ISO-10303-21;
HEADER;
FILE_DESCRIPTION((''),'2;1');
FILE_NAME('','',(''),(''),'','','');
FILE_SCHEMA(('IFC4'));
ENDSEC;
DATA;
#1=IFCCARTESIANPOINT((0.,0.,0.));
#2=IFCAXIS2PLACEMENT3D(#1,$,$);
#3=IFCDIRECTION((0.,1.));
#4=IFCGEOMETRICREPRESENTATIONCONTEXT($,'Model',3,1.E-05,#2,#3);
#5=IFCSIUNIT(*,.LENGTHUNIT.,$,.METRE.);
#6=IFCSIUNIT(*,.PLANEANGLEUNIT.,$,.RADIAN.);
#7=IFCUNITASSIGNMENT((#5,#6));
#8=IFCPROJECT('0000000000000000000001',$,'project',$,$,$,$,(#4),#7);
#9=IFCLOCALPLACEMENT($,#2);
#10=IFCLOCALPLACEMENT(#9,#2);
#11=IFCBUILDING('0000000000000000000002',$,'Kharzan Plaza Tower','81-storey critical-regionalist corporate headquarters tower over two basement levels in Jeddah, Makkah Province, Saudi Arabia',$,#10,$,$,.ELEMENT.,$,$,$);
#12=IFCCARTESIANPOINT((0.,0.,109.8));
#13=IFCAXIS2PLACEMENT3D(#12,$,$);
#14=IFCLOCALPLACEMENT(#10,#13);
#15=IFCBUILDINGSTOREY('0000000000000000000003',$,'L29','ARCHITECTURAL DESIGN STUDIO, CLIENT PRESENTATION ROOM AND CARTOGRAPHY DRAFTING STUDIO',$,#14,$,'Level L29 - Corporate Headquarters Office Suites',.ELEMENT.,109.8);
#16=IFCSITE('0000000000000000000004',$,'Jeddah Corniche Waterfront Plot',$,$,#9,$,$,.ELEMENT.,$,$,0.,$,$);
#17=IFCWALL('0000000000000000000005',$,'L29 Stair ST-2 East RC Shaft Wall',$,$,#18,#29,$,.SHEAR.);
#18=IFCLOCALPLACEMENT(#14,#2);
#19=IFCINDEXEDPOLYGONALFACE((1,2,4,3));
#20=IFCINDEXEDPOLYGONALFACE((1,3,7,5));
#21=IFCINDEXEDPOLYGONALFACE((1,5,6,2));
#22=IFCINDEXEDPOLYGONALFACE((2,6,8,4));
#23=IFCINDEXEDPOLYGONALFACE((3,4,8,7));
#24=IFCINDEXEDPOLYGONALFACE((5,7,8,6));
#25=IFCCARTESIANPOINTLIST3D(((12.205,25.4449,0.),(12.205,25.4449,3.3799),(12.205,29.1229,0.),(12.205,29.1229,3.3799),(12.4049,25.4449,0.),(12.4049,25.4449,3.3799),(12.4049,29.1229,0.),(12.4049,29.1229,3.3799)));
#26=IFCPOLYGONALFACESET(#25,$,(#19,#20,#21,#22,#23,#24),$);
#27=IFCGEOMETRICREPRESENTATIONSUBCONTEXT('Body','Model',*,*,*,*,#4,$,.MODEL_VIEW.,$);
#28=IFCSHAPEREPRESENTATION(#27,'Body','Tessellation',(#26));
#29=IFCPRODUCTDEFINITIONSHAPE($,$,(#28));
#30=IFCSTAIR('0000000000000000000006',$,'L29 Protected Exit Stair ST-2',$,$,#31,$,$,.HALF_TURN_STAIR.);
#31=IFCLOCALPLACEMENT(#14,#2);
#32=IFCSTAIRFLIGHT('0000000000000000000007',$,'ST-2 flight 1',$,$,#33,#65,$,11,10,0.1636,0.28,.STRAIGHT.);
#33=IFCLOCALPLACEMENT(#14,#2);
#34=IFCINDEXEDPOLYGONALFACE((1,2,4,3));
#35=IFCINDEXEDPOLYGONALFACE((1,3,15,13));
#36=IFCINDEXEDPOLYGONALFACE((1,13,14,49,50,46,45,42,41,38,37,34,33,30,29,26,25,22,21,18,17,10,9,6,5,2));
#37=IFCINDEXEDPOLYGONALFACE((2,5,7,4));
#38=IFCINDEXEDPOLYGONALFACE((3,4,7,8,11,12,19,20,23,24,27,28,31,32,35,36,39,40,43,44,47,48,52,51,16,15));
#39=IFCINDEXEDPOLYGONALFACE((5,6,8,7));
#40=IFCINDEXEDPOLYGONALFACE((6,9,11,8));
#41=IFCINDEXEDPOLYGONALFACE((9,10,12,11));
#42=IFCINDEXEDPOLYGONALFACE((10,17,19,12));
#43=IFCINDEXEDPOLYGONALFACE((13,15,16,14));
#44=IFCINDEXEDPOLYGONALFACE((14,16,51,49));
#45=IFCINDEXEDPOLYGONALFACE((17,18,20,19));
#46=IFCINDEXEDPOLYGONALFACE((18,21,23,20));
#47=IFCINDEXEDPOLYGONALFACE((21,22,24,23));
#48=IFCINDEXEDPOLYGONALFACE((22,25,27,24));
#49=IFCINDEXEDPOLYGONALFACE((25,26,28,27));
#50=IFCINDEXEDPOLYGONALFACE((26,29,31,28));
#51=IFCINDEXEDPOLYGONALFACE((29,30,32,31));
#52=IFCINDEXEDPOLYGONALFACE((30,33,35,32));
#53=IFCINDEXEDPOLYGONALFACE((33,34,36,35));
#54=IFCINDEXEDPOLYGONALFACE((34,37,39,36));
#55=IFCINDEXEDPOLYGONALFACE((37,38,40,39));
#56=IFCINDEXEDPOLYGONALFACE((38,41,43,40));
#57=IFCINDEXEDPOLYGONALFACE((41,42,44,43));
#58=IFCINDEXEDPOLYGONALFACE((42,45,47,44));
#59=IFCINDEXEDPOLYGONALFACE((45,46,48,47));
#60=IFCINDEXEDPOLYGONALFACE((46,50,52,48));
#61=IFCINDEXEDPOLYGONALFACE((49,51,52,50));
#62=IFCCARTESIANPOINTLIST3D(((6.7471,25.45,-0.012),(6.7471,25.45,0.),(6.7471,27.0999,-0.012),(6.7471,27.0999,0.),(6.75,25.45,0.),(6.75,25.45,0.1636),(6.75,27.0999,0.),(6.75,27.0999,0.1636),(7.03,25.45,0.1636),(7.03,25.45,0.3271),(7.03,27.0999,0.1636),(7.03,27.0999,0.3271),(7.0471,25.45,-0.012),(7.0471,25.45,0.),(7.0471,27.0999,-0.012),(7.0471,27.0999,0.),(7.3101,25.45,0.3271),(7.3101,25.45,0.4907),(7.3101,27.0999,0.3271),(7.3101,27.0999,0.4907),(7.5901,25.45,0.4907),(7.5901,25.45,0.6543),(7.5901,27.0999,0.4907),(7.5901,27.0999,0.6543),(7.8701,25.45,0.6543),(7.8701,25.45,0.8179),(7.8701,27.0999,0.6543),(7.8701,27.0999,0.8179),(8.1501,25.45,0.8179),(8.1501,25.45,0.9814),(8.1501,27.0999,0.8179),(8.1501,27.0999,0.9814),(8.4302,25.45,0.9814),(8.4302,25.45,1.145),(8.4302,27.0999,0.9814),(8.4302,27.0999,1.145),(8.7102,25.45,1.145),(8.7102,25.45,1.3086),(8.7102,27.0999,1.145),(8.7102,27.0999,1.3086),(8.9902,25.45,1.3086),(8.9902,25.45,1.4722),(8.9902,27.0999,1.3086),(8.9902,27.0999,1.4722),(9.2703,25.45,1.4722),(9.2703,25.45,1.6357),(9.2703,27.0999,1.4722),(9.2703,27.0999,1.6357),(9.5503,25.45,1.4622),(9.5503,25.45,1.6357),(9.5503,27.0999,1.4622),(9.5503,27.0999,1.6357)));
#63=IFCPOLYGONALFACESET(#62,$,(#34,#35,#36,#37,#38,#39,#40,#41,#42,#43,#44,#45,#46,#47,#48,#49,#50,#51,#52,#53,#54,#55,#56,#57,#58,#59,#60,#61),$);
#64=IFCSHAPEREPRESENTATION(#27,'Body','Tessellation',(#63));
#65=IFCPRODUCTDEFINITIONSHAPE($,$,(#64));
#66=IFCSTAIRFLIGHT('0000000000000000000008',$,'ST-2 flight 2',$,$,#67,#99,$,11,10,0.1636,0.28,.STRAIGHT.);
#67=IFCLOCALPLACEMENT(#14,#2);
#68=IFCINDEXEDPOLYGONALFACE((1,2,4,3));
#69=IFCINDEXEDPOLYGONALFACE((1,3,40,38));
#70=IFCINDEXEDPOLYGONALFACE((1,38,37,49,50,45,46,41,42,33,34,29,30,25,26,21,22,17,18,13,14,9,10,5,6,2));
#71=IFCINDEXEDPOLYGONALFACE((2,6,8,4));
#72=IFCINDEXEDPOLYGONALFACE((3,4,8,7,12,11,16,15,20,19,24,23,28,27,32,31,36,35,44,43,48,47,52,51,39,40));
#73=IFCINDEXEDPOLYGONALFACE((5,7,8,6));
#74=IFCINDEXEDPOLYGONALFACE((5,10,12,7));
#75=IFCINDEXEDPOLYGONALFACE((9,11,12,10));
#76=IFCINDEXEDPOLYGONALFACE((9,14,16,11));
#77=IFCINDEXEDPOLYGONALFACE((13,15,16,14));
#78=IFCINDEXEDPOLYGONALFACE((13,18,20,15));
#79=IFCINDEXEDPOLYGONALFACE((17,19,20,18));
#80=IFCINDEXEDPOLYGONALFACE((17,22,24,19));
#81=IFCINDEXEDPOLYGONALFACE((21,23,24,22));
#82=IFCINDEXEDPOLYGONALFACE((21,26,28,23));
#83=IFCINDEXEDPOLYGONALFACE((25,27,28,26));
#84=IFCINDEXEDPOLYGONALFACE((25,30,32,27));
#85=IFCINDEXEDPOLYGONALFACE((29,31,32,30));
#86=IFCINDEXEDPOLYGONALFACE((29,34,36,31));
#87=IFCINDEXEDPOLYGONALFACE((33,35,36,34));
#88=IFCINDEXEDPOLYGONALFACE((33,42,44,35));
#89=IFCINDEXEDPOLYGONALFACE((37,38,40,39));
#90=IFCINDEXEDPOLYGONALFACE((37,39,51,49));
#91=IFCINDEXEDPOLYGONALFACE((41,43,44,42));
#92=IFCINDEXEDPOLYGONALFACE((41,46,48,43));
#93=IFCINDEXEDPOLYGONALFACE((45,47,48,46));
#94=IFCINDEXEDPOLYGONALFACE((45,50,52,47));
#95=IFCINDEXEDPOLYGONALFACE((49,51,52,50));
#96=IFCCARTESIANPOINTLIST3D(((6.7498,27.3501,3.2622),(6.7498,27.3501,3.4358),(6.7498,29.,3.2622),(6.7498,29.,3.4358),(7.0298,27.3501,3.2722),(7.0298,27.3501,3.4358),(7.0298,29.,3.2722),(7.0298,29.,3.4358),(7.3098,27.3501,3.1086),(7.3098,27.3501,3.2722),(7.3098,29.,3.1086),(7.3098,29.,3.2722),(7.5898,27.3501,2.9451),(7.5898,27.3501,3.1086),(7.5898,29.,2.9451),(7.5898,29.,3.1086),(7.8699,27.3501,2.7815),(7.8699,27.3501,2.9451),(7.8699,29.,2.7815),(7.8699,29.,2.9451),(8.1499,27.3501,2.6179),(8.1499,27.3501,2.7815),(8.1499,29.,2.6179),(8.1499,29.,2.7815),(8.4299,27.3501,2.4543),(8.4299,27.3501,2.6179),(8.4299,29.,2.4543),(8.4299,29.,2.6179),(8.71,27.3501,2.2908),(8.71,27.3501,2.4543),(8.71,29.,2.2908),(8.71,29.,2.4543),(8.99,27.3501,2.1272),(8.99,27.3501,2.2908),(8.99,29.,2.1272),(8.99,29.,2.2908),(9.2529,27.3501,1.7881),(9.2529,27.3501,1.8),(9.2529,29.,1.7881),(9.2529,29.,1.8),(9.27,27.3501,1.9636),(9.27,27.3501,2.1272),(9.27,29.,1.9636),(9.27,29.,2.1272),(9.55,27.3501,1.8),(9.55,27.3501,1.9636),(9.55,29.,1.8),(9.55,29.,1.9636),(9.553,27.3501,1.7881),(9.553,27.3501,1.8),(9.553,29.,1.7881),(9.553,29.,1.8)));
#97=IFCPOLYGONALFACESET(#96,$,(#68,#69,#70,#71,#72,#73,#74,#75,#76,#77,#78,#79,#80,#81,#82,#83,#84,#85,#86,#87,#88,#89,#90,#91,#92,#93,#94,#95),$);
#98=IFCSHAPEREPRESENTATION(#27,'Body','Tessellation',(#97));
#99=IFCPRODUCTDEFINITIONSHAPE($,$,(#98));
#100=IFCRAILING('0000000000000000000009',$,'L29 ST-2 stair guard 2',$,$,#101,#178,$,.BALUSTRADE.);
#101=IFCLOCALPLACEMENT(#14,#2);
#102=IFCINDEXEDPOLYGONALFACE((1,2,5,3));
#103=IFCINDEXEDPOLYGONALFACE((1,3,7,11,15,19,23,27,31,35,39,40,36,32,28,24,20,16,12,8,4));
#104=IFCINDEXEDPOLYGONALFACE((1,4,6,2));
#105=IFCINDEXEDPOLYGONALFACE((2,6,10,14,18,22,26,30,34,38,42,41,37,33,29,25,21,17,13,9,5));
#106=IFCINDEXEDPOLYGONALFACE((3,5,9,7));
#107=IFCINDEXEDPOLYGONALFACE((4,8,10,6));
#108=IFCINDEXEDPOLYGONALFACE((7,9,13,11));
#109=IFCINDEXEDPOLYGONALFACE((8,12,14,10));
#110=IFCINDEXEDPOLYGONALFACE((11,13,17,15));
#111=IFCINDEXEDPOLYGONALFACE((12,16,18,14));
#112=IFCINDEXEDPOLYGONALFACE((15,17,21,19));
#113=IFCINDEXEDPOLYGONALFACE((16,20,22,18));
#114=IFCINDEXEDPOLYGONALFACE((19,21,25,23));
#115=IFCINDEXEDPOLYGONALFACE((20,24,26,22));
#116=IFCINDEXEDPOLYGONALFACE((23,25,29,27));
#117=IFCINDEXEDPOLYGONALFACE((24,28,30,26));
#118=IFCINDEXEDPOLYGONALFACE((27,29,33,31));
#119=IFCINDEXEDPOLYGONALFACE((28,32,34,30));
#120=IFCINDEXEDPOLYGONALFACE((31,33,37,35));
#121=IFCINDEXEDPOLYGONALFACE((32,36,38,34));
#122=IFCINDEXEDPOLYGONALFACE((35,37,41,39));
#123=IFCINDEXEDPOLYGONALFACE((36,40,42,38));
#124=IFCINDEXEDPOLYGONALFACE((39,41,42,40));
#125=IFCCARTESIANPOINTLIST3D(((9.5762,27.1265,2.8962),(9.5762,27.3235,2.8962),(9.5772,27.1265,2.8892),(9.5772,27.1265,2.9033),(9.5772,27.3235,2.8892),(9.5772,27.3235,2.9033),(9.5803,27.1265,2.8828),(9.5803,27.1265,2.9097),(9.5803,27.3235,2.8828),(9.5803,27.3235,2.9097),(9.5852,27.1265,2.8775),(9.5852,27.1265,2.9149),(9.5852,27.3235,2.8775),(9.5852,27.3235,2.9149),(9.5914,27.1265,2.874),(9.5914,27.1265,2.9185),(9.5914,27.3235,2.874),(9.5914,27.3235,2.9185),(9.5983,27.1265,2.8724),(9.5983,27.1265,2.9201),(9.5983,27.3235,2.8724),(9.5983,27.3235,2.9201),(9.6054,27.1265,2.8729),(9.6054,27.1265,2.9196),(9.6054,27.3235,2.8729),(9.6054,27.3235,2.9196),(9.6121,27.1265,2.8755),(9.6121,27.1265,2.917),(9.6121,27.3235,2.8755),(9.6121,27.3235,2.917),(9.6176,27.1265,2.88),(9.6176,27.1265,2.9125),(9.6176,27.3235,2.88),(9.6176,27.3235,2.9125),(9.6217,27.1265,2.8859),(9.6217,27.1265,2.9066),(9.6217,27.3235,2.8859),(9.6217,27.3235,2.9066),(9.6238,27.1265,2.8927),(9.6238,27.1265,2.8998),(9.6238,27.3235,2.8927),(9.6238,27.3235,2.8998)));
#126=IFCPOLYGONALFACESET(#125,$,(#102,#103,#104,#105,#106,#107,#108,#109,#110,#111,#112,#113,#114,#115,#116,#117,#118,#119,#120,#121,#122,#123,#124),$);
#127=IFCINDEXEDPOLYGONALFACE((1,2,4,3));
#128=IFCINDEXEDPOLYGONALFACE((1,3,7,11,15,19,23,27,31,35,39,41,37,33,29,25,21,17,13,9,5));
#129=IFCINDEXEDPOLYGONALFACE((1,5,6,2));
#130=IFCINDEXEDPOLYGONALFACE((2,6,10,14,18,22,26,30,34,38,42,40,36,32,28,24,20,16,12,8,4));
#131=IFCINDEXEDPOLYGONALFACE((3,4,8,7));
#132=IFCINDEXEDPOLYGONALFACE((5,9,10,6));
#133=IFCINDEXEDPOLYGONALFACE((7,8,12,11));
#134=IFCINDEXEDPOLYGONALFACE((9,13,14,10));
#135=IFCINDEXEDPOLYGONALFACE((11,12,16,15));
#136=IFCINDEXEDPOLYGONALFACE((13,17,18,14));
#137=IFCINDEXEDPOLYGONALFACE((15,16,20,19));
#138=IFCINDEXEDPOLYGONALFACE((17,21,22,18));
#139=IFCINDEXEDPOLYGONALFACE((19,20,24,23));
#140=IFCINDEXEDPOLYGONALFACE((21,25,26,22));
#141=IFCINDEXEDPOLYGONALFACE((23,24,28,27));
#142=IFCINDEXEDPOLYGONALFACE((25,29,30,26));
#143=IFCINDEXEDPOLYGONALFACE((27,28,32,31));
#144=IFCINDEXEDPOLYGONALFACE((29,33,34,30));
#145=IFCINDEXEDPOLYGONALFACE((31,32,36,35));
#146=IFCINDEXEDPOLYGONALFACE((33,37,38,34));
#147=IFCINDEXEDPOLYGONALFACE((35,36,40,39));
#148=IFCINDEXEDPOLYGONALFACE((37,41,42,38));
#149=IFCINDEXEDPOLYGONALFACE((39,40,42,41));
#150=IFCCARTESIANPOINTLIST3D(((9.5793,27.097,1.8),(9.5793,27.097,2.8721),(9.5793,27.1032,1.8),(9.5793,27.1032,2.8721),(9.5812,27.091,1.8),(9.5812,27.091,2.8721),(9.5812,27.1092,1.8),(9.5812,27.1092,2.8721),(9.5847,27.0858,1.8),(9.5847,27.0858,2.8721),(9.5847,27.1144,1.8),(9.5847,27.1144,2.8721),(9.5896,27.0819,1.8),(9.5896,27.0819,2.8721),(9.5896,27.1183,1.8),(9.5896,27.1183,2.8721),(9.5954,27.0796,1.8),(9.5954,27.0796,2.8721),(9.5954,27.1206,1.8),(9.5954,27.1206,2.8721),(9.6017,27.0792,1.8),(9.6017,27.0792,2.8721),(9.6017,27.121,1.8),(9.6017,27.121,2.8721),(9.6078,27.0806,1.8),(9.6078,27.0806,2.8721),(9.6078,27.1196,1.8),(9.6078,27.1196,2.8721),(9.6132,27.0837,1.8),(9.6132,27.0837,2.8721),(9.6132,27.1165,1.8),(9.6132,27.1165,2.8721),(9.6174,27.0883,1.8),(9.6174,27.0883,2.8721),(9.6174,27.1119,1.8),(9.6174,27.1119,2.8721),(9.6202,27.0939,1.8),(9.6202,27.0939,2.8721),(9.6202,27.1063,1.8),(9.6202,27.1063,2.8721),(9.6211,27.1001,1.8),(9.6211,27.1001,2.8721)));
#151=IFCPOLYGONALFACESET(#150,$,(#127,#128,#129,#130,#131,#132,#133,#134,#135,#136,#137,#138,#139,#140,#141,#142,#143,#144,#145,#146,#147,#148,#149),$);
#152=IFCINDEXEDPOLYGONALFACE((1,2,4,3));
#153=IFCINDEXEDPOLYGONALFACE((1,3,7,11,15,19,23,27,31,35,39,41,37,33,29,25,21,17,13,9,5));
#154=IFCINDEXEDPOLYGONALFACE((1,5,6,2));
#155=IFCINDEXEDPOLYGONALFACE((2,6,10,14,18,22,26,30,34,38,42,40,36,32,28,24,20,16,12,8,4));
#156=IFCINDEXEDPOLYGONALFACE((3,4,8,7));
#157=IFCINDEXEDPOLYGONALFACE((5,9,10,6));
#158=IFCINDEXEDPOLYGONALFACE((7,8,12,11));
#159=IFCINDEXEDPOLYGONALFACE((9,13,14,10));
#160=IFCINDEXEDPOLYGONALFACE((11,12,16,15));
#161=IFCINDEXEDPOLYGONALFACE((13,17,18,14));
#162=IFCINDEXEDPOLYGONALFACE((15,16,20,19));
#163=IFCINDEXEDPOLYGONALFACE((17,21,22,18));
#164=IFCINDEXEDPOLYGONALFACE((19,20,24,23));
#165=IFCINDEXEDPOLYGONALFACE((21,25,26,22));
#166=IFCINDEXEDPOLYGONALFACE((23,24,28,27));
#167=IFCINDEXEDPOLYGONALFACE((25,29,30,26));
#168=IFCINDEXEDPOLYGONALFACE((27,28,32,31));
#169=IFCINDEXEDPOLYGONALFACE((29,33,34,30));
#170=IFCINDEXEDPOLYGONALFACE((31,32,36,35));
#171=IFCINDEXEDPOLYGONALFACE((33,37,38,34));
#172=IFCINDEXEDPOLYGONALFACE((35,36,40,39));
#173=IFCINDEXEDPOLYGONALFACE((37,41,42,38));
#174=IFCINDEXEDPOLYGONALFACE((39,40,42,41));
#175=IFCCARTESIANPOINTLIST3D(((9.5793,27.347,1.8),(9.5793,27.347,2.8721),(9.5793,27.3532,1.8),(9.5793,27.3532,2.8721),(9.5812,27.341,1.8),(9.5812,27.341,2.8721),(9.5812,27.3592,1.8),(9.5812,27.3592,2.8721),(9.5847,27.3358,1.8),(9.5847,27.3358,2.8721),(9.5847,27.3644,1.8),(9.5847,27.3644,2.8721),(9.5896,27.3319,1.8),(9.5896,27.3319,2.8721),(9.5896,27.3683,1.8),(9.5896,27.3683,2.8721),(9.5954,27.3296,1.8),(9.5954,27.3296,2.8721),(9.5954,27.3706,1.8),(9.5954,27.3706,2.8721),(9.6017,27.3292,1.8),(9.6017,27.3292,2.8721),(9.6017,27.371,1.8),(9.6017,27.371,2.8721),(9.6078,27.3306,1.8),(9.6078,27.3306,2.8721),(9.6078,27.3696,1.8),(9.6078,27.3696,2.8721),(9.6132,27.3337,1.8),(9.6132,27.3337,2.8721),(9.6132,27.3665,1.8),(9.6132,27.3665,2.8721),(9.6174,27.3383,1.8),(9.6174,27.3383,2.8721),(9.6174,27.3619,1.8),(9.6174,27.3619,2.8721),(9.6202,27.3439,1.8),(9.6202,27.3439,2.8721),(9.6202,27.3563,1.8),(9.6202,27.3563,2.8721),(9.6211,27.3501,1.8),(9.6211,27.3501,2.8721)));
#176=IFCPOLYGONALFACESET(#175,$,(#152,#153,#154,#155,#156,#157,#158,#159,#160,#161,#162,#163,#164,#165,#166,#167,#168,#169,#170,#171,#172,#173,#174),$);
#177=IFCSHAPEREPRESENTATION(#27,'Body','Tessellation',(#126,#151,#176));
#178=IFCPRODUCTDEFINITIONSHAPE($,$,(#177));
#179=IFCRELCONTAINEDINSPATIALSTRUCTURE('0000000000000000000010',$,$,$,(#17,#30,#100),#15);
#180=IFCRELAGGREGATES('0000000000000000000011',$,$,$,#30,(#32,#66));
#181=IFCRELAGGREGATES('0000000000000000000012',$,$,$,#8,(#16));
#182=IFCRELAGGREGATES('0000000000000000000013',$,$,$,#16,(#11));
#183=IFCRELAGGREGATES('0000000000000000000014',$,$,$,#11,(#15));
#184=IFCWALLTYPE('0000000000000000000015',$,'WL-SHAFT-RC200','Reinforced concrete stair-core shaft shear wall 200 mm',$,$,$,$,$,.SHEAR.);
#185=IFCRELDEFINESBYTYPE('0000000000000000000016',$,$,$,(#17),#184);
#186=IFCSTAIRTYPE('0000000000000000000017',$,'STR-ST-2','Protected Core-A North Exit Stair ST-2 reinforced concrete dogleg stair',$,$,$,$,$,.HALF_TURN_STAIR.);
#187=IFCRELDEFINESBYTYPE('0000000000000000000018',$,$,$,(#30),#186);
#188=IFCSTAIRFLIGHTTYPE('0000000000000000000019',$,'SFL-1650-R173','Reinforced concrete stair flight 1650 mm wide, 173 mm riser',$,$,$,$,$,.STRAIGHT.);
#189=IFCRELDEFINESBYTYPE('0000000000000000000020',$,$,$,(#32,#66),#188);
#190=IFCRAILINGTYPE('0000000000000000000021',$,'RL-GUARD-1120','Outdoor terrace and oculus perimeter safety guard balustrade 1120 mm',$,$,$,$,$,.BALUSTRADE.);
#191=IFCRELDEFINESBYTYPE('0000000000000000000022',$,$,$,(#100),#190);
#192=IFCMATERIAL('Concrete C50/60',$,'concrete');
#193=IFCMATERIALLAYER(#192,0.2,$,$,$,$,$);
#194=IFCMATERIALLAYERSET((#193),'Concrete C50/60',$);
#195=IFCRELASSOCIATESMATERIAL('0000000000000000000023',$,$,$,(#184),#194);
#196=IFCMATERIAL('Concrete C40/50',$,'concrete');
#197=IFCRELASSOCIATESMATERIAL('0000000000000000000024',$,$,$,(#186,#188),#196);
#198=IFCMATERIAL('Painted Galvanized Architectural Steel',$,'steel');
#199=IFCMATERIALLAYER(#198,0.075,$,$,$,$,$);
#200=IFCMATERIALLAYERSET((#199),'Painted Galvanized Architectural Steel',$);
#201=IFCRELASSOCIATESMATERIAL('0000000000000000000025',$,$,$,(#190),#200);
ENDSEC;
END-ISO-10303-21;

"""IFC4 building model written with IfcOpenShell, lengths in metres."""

from ifc_helpers import new_model, si_unit, direction, frame, frame_2d, origin, origin_2d, place, context, subcontext, project, spatial, polyline, rectangle, circle, outline, extrude, source, transform, mapped, material, layer, layer_set, type_object, element, aggregate, save


model = new_model("IFC4")

# Units and contexts
model_context = context("Model", 3, precision=1e-05, world=origin(), true_north=direction((0.0, 1.0)))
body_context = subcontext(model_context, "Body", "Model", "MODEL_VIEW")
ifc_project = project(units=[si_unit("LENGTHUNIT", "METRE"), si_unit("PLANEANGLEUNIT", "RADIAN")], contexts=[model_context])

# Site, building, storey
site_placement = place(None, origin())
site = spatial("IfcSite", under=ifc_project, at=site_placement, Name="Jeddah Corniche Waterfront Plot", CompositionType="ELEMENT", RefElevation=0.0)
building_placement = place(site_placement, origin())
building = spatial("IfcBuilding", under=site, at=building_placement, Name="Kharzan Plaza Tower", Description="81-storey critical-regionalist corporate headquarters tower over two basement levels in Jeddah, Makkah Province, Saudi Arabia", CompositionType="ELEMENT")
storey_placement = place(building_placement, frame((0.0, 0.0, 109.8)))
storey = spatial("IfcBuildingStorey", under=building, at=storey_placement, Name="L29", Description="ARCHITECTURAL DESIGN STUDIO, CLIENT PRESENTATION ROOM AND CARTOGRAPHY DRAFTING STUDIO", LongName="Level L29 - Corporate Headquarters Office Suites", CompositionType="ELEMENT", Elevation=109.8)

# Shared definitions
ifc_material_1 = material(Name="Concrete C40/50", Category="concrete")

# Wall
ifc_material_2 = material(Name="Concrete C50/60", Category="concrete")
ifc_layer_1 = layer(ifc_material_2, 0.2)
ifc_layer_set_1 = layer_set([ifc_layer_1], Name="Concrete C50/60")
wall_type_1 = type_object("IfcWallType", Name="WL-SHAFT-RC200", Description="Reinforced concrete stair-core shaft shear wall 200 mm", PredefinedType="SHEAR", material=ifc_layer_set_1)
shared_shape_1 = source(origin(), body_context, "Body", "SweptSolid", [
    extrude(rectangle(XDim=3.678, YDim=0.2, at=frame_2d((1.8389, 0.0))), origin(), (0.0, 0.0, 1.0), 3.3799),
])
wall_1_placement = place(storey_placement, frame((12.3049, 25.4451, 0.0), z_axis=(0.0, 0.0, 1.0), x_axis=(0.0, 1.0, 0.0)))
element("IfcWall", 1, at=wall_1_placement, inside=storey, type_object=wall_type_1, Name="L29 Stair ST-2 East RC Shaft Wall", PredefinedType="SHEAR", context=body_context, shape_type="MappedRepresentation", body=[
    mapped(shared_shape_1, transform((0.0, 0.0, 0.0), x_axis=(1.0, 0.0, 0.0), y_axis=(0.0, 1.0, 0.0), z_axis=(0.0, 0.0, 1.0))),
])

# Stair, stair flights
stair_type = type_object("IfcStairType", Name="STR-ST-2", Description="Protected Core-A North Exit Stair ST-2 reinforced concrete dogleg stair", PredefinedType="HALF_TURN_STAIR", material=ifc_material_1)
stair_placement = place(storey_placement, origin())
stair = element("IfcStair", 2, at=stair_placement, inside=storey, type_object=stair_type, Name="L29 Protected Exit Stair ST-2", PredefinedType="HALF_TURN_STAIR")
stair_flight_type = type_object("IfcStairFlightType", Name="SFL-1650-R173", Description="Reinforced concrete stair flight 1650 mm wide, 173 mm riser", PredefinedType="STRAIGHT", material=ifc_material_1)
shared_shape_2 = source(origin(), body_context, "Body", "SweptSolid", [
    extrude(outline(polyline([(-0.0029, -0.012), (-0.0029, 0.0), (0.0, 0.0), (0.0, 0.1636), (0.28, 0.1636), (0.28, 0.3271), (0.5601, 0.3271), (0.5601, 0.4907), (0.8401, 0.4907), (0.8401, 0.6543), (1.1201, 0.6543), (1.1201, 0.8179), (1.4001, 0.8179), (1.4001, 0.9814), (1.6802, 0.9814), (1.6802, 1.145), (1.9602, 1.145), (1.9602, 1.3086), (2.2402, 1.3086), (2.2402, 1.4722), (2.5203, 1.4722), (2.5203, 1.6357), (2.8003, 1.6357), (2.8003, 1.7993), (2.8003, 1.4622), (0.2971, 0.0), (0.2971, -0.012), (-0.0029, -0.012)])), frame((0.0, 0.825, 0.0), z_axis=(0.0, -1.0, 0.0), x_axis=(1.0, 0.0, 0.0)), (0.0, 0.0, 1.0), 1.6499),
])
stair_flight_1_placement = place(storey_placement, frame((6.75, 26.2749, 0.0), z_axis=(0.0, 0.0, 1.0), x_axis=(1.0, 0.0, 0.0)))
stair_flight_1 = element("IfcStairFlight", 3, at=stair_flight_1_placement, type_object=stair_flight_type, Name="ST-2 flight 1", NumberOfRisers=11, NumberOfTreads=10, PredefinedType="STRAIGHT", RiserHeight=0.1636, TreadLength=0.28, context=body_context, shape_type="MappedRepresentation", body=[
    mapped(shared_shape_2, transform((0.0, 0.0, 0.0), x_axis=(1.0, 0.0, 0.0), y_axis=(0.0, 1.0, 0.0), z_axis=(0.0, 0.0, 1.0))),
])
stair_flight_2_placement = place(storey_placement, frame((9.55, 28.175, 1.8), z_axis=(0.0, 0.0, 1.0), x_axis=(-1.0, 0.0, 0.0)))
stair_flight_2 = element("IfcStairFlight", 4, at=stair_flight_2_placement, type_object=stair_flight_type, Name="ST-2 flight 2", NumberOfRisers=11, NumberOfTreads=10, PredefinedType="STRAIGHT", RiserHeight=0.1636, TreadLength=0.28, context=body_context, shape_type="MappedRepresentation", body=[
    mapped(shared_shape_2, transform((0.0, 0.0, 0.0), x_axis=(1.0, 0.0, 0.0), y_axis=(0.0, 1.0, 0.0), z_axis=(0.0, 0.0, 1.0))),
])
aggregate(stair, [stair_flight_1, stair_flight_2])

# Railing
ifc_material_3 = material(Name="Painted Galvanized Architectural Steel", Category="steel")
ifc_layer_2 = layer(ifc_material_3, 0.075)
ifc_layer_set_2 = layer_set([ifc_layer_2], Name="Painted Galvanized Architectural Steel")
railing_type_1 = type_object("IfcRailingType", Name="RL-GUARD-1120", Description="Outdoor terrace and oculus perimeter safety guard balustrade 1120 mm", PredefinedType="BALUSTRADE", material=ifc_layer_set_2)
shared_shape_3 = source(origin(), body_context, "Body", "SweptSolid", [
    extrude(circle(Radius=0.0239, at=origin_2d()), frame((0.0, 0.0264, 1.0962), z_axis=(0.0, 1.0, 0.0), x_axis=(-1.0, 0.0, 0.0)), (0.0, 0.0, 1.0), 0.197),
    extrude(circle(Radius=0.021, at=origin_2d()), origin(), (0.0, 0.0, 1.0), 1.072),
    extrude(circle(Radius=0.021, at=origin_2d()), frame((0.0, 0.25, 0.0)), (0.0, 0.0, 1.0), 1.072),
])
for number, where, name in (
    (5, (9.6001, 27.1001, 1.8), "L29 ST-2 stair guard 2"),
):
    element("IfcRailing", number, at=place(storey_placement, frame(where)), inside=storey, type_object=railing_type_1, Name=name, PredefinedType="BALUSTRADE", context=body_context, shape_type="MappedRepresentation", body=[
        mapped(shared_shape_3, transform((0.0, 0.0, 0.0), x_axis=(1.0, 0.0, 0.0), y_axis=(0.0, 1.0, 0.0), z_axis=(0.0, 0.0, 1.0))),
    ])

save(model, "model.ifc")
